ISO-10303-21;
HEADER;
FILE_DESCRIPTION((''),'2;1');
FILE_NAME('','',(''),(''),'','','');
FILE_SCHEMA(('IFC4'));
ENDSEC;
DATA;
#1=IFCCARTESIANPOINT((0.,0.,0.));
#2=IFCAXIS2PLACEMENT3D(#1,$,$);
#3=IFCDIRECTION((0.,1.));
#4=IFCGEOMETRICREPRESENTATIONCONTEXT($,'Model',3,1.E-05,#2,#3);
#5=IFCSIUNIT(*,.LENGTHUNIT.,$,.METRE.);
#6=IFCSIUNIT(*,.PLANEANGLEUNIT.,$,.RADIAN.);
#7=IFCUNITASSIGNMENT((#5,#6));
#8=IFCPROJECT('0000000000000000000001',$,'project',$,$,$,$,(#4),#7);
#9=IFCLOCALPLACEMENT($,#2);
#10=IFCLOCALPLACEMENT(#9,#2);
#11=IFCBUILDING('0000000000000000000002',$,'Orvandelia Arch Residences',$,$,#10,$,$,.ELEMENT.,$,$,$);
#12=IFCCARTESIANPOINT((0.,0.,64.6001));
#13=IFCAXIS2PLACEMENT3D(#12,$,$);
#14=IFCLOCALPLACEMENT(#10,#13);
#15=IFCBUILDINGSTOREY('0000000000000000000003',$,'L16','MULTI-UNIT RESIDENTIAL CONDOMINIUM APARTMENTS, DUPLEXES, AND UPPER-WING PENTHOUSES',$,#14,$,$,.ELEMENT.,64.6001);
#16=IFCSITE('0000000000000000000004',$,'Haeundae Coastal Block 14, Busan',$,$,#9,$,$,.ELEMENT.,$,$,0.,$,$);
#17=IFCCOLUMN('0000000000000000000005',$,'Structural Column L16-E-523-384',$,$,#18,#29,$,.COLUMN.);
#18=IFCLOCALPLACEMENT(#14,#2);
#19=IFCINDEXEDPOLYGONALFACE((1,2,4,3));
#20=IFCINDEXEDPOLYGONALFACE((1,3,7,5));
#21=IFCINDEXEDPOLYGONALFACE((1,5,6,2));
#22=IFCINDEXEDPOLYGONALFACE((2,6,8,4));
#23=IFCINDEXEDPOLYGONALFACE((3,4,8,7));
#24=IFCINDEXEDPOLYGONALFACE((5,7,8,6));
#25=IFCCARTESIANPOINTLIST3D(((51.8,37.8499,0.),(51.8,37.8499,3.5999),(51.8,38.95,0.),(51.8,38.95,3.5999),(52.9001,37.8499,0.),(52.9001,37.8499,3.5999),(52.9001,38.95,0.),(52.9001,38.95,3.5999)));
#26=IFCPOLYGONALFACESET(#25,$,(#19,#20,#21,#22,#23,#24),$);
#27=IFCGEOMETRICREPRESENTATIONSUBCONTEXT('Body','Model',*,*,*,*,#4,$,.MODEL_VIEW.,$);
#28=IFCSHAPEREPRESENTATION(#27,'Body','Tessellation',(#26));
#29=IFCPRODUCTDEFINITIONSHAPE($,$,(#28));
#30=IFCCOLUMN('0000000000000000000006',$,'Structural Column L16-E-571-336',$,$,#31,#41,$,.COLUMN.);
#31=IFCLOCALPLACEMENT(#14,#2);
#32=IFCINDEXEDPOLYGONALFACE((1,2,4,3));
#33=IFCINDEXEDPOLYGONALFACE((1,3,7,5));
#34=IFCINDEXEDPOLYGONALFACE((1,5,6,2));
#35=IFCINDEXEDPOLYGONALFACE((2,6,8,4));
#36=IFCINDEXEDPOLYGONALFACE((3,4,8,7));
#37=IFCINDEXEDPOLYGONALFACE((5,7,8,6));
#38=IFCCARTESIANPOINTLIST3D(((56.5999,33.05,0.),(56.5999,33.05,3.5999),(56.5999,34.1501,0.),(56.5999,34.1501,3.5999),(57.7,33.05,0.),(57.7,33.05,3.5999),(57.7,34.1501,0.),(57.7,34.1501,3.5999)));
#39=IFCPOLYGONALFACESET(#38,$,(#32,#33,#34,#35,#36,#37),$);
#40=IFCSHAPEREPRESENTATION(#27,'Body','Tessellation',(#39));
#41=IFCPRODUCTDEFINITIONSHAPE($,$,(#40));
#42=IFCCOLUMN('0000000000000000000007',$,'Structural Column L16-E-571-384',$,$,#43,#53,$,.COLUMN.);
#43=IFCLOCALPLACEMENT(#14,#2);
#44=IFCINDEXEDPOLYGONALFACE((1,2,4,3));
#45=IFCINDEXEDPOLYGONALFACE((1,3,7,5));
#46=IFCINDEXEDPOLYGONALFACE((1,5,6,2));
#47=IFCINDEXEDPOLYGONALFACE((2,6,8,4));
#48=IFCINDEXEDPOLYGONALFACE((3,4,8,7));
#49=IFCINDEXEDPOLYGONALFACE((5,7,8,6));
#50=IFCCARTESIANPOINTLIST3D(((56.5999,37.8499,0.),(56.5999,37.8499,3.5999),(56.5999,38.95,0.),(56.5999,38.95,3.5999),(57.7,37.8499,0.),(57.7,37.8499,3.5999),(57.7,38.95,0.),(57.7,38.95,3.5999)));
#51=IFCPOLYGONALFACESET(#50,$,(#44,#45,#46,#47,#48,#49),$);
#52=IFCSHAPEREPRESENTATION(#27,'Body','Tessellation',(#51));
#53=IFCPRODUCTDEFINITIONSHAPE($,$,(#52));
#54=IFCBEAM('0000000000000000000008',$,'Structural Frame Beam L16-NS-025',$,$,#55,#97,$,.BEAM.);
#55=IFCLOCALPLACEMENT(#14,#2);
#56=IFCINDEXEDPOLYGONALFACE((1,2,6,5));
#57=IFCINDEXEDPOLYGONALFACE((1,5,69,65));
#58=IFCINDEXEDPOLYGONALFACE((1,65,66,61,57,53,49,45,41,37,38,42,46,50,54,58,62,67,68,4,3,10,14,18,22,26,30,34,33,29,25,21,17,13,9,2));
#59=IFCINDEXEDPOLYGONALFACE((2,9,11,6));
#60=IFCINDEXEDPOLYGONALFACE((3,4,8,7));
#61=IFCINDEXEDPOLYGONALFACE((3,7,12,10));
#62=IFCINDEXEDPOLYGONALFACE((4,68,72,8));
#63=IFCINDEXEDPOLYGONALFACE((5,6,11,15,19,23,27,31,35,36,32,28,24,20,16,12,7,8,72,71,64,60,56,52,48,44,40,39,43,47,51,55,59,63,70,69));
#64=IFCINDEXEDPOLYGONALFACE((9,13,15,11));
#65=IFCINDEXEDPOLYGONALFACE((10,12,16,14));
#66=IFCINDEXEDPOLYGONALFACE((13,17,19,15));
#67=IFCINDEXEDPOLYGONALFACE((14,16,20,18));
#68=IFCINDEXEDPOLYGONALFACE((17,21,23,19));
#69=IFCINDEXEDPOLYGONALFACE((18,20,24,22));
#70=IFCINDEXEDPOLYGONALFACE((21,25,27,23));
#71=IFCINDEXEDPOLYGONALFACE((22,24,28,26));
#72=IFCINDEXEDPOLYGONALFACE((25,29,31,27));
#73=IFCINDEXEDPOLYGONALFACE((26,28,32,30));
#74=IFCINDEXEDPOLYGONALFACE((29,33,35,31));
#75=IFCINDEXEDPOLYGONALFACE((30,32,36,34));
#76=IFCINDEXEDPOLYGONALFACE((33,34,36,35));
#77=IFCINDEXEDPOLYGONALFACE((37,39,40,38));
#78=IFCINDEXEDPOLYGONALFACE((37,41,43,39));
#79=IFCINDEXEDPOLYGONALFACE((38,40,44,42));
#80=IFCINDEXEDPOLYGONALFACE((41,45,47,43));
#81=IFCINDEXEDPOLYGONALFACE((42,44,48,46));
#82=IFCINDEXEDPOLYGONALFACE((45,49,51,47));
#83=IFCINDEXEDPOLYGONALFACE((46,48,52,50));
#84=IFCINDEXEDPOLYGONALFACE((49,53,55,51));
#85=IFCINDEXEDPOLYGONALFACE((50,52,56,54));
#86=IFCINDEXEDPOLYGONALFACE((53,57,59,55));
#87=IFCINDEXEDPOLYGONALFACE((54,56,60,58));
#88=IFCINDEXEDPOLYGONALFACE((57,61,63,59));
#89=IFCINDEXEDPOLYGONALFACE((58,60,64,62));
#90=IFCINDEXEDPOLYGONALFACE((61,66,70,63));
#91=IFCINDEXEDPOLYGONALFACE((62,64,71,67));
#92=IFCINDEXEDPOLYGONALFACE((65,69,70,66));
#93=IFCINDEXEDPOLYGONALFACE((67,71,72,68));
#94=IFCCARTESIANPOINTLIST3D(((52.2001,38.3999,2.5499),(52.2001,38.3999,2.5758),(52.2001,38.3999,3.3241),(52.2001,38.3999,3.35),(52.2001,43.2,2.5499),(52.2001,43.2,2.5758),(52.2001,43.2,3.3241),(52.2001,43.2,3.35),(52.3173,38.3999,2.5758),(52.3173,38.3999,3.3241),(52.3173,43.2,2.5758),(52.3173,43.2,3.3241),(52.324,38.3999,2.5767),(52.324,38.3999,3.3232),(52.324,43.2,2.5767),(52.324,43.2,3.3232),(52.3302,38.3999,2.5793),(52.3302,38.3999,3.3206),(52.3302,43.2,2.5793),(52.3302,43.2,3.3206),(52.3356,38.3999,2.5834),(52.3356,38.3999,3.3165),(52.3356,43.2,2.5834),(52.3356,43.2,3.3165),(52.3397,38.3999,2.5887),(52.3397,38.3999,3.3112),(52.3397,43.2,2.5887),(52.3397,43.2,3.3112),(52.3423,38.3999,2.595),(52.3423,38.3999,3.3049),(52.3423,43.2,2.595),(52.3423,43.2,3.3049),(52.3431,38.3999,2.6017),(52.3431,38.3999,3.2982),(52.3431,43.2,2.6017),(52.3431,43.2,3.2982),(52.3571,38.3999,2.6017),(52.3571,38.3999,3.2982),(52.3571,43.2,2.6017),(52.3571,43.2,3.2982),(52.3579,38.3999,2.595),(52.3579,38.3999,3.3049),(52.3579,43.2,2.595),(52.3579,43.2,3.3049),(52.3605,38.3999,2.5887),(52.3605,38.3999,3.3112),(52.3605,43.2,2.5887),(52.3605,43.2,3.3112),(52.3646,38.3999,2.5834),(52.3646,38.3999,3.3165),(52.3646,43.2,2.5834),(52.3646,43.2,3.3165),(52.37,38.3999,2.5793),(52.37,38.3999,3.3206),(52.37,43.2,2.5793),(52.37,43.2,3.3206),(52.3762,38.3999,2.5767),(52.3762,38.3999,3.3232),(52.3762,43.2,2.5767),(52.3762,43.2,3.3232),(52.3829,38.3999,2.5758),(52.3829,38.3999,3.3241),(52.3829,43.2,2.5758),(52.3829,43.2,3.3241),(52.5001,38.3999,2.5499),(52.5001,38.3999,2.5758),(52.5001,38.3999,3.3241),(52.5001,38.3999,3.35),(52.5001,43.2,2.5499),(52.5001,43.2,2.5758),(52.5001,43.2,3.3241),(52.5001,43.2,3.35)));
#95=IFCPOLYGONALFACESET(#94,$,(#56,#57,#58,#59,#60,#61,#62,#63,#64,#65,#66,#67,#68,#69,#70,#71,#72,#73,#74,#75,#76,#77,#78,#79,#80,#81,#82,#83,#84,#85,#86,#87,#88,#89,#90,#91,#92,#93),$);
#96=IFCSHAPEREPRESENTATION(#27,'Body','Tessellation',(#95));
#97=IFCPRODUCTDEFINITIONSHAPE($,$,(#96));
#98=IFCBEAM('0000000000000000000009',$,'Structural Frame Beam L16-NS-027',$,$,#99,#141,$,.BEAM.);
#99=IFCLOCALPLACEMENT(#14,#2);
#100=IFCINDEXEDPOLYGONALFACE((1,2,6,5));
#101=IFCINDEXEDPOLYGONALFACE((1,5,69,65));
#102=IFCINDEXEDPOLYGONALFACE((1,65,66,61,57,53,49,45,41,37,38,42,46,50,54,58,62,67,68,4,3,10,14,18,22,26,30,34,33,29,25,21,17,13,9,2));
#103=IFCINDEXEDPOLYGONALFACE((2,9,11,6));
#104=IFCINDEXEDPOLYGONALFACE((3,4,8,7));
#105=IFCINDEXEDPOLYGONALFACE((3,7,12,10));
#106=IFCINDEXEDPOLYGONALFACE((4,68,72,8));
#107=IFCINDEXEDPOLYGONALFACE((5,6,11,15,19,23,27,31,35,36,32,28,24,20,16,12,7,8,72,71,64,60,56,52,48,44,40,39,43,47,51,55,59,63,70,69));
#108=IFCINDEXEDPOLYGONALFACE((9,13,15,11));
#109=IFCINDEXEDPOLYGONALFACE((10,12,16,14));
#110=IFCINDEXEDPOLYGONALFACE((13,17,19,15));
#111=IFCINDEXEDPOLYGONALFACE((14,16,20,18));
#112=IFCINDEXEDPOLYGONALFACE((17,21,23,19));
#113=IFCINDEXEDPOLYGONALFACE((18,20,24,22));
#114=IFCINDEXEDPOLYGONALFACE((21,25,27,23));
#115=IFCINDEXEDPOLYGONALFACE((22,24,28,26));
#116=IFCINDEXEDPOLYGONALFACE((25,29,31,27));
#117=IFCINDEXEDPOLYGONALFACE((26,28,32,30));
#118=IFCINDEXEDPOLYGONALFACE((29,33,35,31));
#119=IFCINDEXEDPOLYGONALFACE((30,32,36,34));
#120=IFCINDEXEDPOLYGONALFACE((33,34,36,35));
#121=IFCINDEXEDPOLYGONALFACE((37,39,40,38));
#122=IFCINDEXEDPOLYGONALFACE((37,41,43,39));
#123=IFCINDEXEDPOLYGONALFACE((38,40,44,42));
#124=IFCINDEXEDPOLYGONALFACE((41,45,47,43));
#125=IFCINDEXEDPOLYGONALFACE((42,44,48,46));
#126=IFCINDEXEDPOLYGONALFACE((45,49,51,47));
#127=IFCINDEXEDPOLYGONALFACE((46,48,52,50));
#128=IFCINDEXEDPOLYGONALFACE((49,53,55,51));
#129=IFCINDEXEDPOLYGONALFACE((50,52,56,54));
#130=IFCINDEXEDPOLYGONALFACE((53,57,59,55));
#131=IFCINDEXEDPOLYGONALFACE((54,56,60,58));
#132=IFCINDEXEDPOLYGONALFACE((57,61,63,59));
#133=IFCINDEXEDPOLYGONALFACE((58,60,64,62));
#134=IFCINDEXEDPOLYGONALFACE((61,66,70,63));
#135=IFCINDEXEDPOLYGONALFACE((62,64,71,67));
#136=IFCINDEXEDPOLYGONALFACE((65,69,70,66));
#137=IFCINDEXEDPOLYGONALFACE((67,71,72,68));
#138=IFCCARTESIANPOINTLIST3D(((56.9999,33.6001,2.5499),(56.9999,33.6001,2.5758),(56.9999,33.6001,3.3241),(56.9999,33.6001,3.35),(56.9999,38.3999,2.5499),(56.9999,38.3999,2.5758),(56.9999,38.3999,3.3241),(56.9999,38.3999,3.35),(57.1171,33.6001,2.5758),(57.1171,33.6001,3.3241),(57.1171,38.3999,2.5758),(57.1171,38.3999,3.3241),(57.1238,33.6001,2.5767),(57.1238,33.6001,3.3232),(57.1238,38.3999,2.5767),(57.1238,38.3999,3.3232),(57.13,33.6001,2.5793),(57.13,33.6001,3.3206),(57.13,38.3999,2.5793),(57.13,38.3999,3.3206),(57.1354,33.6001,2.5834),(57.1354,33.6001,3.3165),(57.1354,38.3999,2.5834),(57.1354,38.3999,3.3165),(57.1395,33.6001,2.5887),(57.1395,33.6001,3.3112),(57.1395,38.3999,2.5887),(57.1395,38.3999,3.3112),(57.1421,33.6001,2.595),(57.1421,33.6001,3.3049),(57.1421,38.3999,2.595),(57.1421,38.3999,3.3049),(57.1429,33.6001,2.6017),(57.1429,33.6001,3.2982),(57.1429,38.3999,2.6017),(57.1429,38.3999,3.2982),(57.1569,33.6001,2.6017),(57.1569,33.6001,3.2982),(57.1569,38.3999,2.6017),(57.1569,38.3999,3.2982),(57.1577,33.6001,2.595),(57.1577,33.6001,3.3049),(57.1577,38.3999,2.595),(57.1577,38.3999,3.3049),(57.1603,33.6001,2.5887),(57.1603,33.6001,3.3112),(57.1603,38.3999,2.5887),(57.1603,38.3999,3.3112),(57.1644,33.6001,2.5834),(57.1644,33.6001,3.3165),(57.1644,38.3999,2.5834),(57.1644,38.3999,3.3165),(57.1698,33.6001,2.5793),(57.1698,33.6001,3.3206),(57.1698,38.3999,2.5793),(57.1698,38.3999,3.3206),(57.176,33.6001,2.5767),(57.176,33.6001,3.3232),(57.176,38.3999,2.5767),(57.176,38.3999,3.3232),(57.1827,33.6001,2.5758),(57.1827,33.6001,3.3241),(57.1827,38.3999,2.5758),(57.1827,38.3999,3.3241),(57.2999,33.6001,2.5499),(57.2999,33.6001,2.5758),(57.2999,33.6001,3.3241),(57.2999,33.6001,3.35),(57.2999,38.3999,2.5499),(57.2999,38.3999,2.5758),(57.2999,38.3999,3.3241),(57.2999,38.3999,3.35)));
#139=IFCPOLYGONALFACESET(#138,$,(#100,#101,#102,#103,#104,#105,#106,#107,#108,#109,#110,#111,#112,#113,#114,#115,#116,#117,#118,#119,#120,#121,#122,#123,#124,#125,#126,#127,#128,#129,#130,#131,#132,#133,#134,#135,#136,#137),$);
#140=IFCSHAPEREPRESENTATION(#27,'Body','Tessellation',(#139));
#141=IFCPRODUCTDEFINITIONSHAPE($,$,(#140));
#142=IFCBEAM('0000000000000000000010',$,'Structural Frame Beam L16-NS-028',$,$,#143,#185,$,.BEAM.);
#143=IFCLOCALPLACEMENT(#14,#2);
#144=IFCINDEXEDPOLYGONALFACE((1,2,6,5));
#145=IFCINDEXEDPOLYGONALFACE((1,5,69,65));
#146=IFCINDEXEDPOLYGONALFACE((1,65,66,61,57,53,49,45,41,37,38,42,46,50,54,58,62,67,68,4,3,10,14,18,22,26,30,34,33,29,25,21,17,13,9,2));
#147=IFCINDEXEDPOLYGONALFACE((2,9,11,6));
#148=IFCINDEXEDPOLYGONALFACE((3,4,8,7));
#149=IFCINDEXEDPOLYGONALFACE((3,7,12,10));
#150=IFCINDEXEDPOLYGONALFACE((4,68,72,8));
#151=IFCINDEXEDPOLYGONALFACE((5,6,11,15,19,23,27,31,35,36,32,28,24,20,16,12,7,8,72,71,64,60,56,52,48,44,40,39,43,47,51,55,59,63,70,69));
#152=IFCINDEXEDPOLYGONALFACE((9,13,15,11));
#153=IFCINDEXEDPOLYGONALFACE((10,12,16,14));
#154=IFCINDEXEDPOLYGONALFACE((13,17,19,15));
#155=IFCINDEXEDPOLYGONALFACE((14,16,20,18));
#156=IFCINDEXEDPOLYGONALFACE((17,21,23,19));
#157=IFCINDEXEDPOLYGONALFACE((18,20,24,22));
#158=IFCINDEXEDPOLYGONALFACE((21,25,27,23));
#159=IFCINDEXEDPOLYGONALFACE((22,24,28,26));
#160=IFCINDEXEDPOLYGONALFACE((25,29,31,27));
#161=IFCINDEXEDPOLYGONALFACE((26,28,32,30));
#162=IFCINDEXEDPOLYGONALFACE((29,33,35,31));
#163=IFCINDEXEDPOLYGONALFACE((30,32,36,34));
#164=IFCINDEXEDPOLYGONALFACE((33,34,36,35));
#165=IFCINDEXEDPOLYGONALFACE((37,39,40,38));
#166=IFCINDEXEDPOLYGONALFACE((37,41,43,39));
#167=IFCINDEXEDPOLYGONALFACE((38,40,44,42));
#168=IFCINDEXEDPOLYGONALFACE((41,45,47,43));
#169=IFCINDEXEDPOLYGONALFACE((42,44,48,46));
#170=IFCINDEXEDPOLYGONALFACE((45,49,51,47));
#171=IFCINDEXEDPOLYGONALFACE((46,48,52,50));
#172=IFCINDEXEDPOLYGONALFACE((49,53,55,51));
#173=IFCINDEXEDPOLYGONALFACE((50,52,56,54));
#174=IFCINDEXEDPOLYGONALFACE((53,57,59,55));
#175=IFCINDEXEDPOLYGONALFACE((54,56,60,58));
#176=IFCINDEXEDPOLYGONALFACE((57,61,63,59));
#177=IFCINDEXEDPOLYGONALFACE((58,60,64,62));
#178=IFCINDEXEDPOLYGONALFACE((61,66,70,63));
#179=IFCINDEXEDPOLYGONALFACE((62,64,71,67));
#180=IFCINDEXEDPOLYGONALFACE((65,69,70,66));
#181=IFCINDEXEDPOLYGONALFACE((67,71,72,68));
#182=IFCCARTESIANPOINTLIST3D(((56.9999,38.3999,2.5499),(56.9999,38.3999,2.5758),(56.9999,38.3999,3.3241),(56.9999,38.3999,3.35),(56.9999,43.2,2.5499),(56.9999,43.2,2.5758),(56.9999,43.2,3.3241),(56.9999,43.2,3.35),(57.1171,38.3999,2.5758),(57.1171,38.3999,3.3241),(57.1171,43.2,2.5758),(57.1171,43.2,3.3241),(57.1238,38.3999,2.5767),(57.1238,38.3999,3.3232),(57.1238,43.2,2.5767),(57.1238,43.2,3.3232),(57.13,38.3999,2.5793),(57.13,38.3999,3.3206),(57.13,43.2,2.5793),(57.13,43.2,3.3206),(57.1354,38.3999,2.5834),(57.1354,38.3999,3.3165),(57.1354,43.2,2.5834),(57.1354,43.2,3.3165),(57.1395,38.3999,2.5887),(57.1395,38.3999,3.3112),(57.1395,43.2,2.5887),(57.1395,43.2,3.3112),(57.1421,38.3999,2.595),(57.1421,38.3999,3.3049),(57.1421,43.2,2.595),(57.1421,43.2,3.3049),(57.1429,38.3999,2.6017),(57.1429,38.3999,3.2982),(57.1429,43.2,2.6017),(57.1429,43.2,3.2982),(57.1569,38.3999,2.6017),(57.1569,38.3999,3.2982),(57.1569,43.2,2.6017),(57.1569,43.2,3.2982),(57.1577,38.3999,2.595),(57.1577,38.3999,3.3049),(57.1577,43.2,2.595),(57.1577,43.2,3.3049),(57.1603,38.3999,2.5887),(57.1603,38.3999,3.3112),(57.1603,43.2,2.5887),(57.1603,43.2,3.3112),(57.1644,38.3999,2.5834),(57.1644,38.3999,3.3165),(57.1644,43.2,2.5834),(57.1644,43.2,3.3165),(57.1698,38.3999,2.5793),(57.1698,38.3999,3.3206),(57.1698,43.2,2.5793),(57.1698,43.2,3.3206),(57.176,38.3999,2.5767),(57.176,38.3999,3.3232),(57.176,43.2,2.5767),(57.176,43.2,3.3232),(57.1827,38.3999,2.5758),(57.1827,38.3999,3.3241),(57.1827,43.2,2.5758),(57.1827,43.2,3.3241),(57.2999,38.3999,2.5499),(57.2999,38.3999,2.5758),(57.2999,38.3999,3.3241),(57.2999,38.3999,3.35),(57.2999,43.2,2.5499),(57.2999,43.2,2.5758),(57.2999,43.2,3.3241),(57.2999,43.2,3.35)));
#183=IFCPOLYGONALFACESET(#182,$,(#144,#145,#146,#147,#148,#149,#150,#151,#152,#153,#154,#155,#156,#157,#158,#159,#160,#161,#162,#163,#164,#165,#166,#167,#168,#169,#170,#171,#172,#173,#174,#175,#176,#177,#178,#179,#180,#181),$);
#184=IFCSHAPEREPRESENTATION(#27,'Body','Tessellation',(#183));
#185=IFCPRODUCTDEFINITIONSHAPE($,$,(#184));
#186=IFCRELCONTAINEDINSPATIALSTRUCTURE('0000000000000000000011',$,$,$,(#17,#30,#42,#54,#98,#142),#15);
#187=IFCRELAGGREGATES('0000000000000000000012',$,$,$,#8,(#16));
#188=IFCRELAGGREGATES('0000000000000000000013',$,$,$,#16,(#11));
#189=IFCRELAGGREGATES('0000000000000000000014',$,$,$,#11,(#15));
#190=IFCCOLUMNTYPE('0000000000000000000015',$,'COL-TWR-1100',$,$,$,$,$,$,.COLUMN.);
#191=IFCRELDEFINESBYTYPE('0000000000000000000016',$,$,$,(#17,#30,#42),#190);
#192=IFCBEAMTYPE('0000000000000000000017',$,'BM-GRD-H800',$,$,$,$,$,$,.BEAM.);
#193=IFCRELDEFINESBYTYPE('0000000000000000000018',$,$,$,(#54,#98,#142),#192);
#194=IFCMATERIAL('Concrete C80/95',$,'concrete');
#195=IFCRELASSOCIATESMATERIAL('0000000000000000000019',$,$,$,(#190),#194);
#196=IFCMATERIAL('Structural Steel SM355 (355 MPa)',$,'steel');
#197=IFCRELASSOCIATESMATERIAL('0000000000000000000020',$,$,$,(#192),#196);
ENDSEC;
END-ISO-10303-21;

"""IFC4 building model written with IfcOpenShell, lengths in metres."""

from ifc_helpers import new_model, si_unit, direction, frame, origin, origin_2d, place, context, subcontext, project, spatial, rectangle, i_section, extrude, material, material_profile, profile_set, type_object, element, save


model = new_model("IFC4")

# Units and contexts
model_context = context("Model", 3, precision=1e-05, world=origin(), true_north=direction((0.0, 1.0)))
body_context = subcontext(model_context, "Body", "Model", "MODEL_VIEW")
ifc_project = project(units=[si_unit("LENGTHUNIT", "METRE"), si_unit("PLANEANGLEUNIT", "RADIAN")], contexts=[model_context])

# Site, building, storey
site_placement = place(None, origin())
site = spatial("IfcSite", under=ifc_project, at=site_placement, Name="Haeundae Coastal Block 14, Busan", CompositionType="ELEMENT", RefElevation=0.0)
building_placement = place(site_placement, origin())
building = spatial("IfcBuilding", under=site, at=building_placement, Name="Orvandelia Arch Residences", CompositionType="ELEMENT")
storey_placement = place(building_placement, frame((0.0, 0.0, 64.6001)))
storey = spatial("IfcBuildingStorey", under=building, at=storey_placement, Name="L16", Description="MULTI-UNIT RESIDENTIAL CONDOMINIUM APARTMENTS, DUPLEXES, AND UPPER-WING PENTHOUSES", CompositionType="ELEMENT", Elevation=64.6001)

# Columns
ifc_material_1 = material(Name="Concrete C80/95", Category="concrete")
ifc_material_profile_1 = material_profile(ifc_material_1, rectangle(XDim=1.1001, YDim=1.1001, at=origin_2d()), Name="Concrete C80/95", Category="concrete")
ifc_profile_set_1 = profile_set([ifc_material_profile_1], Name="Concrete C80/95")
column_type = type_object("IfcColumnType", Name="COL-TWR-1100", PredefinedType="COLUMN", material=ifc_profile_set_1)
for number, where, z_axis, x_axis, name in (
    (1, (52.3501, 38.3999, 0.0), (0.0, 0.0, 1.0), (1.0, 0.0, 0.0), "Structural Column L16-E-523-384"),
    (2, (57.1499, 33.6001, 0.0), (0.0, 0.0, 1.0), (1.0, 0.0, 0.0), "Structural Column L16-E-571-336"),
    (3, (57.1499, 38.3999, 0.0), (0.0, 0.0, 1.0), (1.0, 0.0, 0.0), "Structural Column L16-E-571-384"),
):
    element("IfcColumn", number, at=place(storey_placement, frame(where, z_axis=z_axis, x_axis=x_axis)), inside=storey, type_object=column_type, Name=name, PredefinedType="COLUMN", context=body_context, shape_type="SweptSolid", body=[
        extrude(rectangle(XDim=1.1001, YDim=1.1001, at=origin_2d()), origin(), (0.0, 0.0, 1.0), 3.5999),
    ])

# Beams
ifc_material_2 = material(Name="Structural Steel SM355 (355 MPa)", Category="steel")
ifc_material_profile_2 = material_profile(ifc_material_2, i_section(OverallWidth=0.3, OverallDepth=0.8, WebThickness=0.0139, FlangeThickness=0.0259, FilletRadius=0.0259, at=origin_2d()), Name="Structural Steel SM355 (355 MPa)", Category="steel")
ifc_profile_set_2 = profile_set([ifc_material_profile_2], Name="Structural Steel SM355 (355 MPa)")
beam_type = type_object("IfcBeamType", Name="BM-GRD-H800", PredefinedType="BEAM", material=ifc_profile_set_2)
beam_1_placement = place(storey_placement, frame((52.3501, 38.3999, 2.95), z_axis=(0.0, 1.0, 0.0), x_axis=(-1.0, 0.0, 0.0)))
element("IfcBeam", 4, at=beam_1_placement, inside=storey, type_object=beam_type, Name="Structural Frame Beam L16-NS-025", PredefinedType="BEAM", context=body_context, shape_type="SweptSolid", body=[
    extrude(i_section(OverallWidth=0.3, OverallDepth=0.8, WebThickness=0.0139, FlangeThickness=0.0259, FilletRadius=0.0259, at=origin_2d()), origin(), (0.0, 0.0, 1.0), 4.8),
])
beam_2_placement = place(storey_placement, frame((57.1499, 33.6001, 2.95), z_axis=(0.0, 1.0, 0.0), x_axis=(-1.0, 0.0, 0.0)))
element("IfcBeam", 5, at=beam_2_placement, inside=storey, type_object=beam_type, Name="Structural Frame Beam L16-NS-027", PredefinedType="BEAM", context=body_context, shape_type="SweptSolid", body=[
    extrude(i_section(OverallWidth=0.3, OverallDepth=0.8, WebThickness=0.0139, FlangeThickness=0.0259, FilletRadius=0.0259, at=origin_2d()), origin(), (0.0, 0.0, 1.0), 4.7998),
])
beam_3_placement = place(storey_placement, frame((57.1499, 38.3999, 2.95), z_axis=(0.0, 1.0, 0.0), x_axis=(-1.0, 0.0, 0.0)))
element("IfcBeam", 6, at=beam_3_placement, inside=storey, type_object=beam_type, Name="Structural Frame Beam L16-NS-028", PredefinedType="BEAM", context=body_context, shape_type="SweptSolid", body=[
    extrude(i_section(OverallWidth=0.3, OverallDepth=0.8, WebThickness=0.0139, FlangeThickness=0.0259, FilletRadius=0.0259, at=origin_2d()), origin(), (0.0, 0.0, 1.0), 4.8),
])

save(model, "model.ifc")
